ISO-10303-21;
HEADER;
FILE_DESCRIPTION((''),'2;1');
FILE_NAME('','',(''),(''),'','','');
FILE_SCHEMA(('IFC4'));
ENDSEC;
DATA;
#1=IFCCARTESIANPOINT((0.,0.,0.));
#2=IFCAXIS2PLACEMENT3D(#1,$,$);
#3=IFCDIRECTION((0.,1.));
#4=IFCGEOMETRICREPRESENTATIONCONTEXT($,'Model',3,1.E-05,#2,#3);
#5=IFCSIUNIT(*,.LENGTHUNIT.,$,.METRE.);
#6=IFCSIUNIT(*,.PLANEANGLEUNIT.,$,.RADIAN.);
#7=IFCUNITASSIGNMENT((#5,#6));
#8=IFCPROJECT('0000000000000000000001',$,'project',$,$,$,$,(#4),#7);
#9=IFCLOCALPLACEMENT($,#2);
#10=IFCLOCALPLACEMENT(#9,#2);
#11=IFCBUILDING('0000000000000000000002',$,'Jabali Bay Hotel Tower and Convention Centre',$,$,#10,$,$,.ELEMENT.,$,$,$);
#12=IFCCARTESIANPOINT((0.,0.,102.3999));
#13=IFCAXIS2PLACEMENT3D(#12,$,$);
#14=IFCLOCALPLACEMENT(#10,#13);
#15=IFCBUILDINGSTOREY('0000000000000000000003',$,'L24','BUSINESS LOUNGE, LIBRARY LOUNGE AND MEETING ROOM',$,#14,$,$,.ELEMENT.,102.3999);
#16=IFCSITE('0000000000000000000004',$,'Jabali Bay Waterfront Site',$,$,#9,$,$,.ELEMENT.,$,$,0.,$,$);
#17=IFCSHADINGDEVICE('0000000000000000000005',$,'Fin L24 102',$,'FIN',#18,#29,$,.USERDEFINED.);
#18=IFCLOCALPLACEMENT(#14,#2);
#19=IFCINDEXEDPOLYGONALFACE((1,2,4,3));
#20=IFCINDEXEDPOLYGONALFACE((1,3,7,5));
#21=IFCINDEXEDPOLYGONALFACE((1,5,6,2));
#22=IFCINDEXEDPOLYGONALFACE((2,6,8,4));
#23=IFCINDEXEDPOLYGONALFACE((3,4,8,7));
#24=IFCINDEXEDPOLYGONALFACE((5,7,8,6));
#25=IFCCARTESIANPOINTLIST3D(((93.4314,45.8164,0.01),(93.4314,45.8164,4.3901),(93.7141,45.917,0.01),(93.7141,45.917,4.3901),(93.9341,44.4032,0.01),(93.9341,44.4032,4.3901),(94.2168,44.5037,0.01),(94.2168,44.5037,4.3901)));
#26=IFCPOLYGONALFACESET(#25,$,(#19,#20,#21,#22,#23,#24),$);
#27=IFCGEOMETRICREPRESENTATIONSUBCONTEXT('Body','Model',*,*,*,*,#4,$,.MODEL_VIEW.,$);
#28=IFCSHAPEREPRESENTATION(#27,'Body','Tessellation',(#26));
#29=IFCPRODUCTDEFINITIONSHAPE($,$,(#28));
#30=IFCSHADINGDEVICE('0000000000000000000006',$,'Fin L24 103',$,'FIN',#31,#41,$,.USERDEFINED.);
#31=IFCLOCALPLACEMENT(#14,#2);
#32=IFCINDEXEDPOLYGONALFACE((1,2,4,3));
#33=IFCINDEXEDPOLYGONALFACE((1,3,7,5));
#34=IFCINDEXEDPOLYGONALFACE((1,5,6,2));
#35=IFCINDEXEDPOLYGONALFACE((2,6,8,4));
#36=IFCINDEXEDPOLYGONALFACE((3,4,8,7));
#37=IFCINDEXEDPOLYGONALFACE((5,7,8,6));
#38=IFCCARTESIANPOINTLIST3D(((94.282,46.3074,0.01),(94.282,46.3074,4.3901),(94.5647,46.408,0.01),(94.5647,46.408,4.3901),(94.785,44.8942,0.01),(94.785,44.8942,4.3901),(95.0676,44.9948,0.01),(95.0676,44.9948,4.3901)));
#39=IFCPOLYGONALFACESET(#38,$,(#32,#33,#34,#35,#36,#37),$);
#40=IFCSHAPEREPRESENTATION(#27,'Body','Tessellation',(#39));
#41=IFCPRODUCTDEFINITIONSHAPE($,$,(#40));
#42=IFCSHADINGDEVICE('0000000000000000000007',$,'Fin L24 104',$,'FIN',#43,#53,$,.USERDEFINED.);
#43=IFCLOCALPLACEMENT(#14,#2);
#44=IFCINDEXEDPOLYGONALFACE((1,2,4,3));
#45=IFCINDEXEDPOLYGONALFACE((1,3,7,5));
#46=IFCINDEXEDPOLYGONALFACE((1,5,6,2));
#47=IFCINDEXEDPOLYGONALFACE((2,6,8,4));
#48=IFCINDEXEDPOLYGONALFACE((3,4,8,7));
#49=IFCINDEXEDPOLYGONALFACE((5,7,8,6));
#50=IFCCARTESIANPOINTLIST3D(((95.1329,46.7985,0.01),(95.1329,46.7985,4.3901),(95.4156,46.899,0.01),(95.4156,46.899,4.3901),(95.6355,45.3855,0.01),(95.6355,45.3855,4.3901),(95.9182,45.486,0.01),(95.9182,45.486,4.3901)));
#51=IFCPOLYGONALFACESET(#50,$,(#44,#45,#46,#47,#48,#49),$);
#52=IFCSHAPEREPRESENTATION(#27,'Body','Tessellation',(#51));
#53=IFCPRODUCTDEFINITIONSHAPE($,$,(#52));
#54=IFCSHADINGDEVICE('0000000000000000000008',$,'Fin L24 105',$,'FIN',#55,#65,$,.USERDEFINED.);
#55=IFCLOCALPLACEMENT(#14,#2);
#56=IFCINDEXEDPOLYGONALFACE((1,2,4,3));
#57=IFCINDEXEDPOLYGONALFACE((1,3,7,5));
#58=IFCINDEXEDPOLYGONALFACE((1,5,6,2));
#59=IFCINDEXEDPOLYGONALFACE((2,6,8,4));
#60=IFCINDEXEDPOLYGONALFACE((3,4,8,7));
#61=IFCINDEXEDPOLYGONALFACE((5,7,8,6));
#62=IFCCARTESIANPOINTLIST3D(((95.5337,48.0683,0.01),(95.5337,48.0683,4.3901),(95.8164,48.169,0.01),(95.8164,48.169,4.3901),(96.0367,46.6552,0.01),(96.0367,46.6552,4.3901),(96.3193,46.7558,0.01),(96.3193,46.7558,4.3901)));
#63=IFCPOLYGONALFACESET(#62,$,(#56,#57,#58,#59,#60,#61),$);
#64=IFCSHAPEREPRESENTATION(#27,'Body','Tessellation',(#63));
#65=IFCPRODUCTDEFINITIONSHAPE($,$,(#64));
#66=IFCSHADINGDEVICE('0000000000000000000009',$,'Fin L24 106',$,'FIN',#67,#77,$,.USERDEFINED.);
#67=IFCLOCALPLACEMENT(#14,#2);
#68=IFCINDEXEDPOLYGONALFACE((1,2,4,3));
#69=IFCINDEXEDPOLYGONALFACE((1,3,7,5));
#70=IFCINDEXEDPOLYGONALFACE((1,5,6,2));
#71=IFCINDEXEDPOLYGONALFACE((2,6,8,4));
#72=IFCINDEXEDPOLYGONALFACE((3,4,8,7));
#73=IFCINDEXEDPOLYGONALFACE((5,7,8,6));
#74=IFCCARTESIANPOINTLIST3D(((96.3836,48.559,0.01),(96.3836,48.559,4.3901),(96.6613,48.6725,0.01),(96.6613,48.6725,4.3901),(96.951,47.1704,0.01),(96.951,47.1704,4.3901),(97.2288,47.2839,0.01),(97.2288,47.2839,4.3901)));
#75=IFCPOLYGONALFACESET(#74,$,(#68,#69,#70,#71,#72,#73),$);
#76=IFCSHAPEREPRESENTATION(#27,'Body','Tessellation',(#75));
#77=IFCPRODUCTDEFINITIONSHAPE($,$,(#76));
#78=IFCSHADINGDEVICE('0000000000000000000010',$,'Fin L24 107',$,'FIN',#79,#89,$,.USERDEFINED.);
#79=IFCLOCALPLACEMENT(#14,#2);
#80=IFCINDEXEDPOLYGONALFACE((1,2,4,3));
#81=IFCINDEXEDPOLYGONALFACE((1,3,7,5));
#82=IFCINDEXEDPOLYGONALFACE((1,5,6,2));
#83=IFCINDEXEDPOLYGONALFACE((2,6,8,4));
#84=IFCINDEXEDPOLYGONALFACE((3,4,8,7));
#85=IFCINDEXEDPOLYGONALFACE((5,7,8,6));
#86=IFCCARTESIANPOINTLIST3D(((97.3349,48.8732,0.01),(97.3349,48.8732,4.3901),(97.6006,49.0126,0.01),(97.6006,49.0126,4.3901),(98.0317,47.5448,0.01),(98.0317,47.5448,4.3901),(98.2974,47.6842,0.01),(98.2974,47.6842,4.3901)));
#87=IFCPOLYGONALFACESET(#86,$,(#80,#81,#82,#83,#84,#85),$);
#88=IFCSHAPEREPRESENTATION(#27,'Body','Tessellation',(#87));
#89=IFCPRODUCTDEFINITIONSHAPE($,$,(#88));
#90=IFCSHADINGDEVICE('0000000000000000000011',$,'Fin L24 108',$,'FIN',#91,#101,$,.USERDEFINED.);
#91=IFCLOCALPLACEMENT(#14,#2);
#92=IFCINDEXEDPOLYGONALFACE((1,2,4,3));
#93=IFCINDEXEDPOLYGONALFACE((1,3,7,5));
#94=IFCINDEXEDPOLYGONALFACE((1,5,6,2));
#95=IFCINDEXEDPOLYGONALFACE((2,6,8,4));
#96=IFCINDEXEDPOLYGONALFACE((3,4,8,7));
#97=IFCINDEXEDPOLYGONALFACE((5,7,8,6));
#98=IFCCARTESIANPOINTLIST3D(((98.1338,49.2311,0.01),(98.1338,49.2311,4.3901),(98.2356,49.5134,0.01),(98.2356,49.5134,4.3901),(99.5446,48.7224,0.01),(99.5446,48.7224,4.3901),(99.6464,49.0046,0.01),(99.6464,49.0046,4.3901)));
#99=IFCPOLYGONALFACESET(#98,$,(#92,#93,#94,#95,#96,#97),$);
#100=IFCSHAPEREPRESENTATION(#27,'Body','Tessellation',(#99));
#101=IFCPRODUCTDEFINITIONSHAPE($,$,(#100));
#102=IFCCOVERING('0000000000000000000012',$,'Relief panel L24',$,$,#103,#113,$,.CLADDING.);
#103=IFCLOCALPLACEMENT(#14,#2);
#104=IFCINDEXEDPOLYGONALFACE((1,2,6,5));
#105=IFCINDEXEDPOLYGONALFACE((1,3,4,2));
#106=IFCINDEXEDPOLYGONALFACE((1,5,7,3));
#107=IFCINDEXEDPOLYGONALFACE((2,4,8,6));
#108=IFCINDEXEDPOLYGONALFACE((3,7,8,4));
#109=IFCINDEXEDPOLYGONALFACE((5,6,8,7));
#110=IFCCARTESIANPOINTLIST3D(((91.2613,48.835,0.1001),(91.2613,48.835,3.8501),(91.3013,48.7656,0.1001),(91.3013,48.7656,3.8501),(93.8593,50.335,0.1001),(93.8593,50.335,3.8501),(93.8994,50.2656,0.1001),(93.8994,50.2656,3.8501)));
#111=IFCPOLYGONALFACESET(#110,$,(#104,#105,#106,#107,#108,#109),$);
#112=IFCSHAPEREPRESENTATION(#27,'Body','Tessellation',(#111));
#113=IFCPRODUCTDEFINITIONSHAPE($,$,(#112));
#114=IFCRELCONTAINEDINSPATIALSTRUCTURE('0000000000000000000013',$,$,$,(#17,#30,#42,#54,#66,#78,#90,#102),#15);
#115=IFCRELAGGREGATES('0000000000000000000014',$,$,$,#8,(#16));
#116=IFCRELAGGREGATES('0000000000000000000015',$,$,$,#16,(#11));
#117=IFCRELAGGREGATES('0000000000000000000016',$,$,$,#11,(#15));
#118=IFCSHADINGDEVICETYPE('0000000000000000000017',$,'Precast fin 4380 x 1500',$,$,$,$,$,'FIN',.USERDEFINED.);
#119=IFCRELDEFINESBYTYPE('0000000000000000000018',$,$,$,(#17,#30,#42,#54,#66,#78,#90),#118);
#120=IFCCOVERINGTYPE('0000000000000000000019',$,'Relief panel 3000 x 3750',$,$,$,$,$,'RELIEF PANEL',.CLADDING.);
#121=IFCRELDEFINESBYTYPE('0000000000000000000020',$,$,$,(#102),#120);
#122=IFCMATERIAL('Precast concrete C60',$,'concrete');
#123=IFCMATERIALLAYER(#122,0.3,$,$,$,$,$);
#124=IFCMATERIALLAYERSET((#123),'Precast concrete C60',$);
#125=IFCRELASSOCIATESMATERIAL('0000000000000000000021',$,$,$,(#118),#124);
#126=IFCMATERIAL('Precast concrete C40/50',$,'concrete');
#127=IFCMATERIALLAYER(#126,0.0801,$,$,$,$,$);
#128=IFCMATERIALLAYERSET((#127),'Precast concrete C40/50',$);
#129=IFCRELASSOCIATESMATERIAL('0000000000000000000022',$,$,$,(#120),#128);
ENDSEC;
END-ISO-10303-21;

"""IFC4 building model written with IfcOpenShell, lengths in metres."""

from ifc_helpers import new_model, si_unit, direction, frame, frame_2d, origin, origin_2d, place, context, subcontext, project, spatial, rectangle, extrude, material, layer, layer_set, type_object, element, save


model = new_model("IFC4")

# Units and contexts
model_context = context("Model", 3, precision=1e-05, world=origin(), true_north=direction((0.0, 1.0)))
body_context = subcontext(model_context, "Body", "Model", "MODEL_VIEW")
ifc_project = project(units=[si_unit("LENGTHUNIT", "METRE"), si_unit("PLANEANGLEUNIT", "RADIAN")], contexts=[model_context])

# Site, building, storey
site_placement = place(None, origin())
site = spatial("IfcSite", under=ifc_project, at=site_placement, Name="Jabali Bay Waterfront Site", CompositionType="ELEMENT", RefElevation=0.0)
building_placement = place(site_placement, origin())
building = spatial("IfcBuilding", under=site, at=building_placement, Name="Jabali Bay Hotel Tower and Convention Centre", CompositionType="ELEMENT")
storey_placement = place(building_placement, frame((0.0, 0.0, 102.3999)))
storey = spatial("IfcBuildingStorey", under=building, at=storey_placement, Name="L24", Description="BUSINESS LOUNGE, LIBRARY LOUNGE AND MEETING ROOM", CompositionType="ELEMENT", Elevation=102.3999)

# Shading devices
ifc_material_1 = material(Name="Precast concrete C60", Category="concrete")
ifc_layer_1 = layer(ifc_material_1, 0.3)
ifc_layer_set_1 = layer_set([ifc_layer_1], Name="Precast concrete C60")
shading_device_type_1 = type_object("IfcShadingDeviceType", Name="Precast fin 4380 x 1500", ElementType="FIN", PredefinedType="USERDEFINED", material=ifc_layer_set_1)
for number, where, z_axis, x_axis, name in (
    (1, (93.5728, 45.8667, 0.01), (0.0, 0.0, 1.0), (0.335109, -0.942179, 0.0), "Fin L24 102"),
    (2, (94.4233, 46.3577, 0.01), (0.0, 0.0, 1.0), (0.335305, -0.94211, 0.0), "Fin L24 103"),
):
    element("IfcShadingDevice", number, at=place(storey_placement, frame(where, z_axis=z_axis, x_axis=x_axis)), inside=storey, type_object=shading_device_type_1, Name=name, ObjectType="FIN", PredefinedType="USERDEFINED", context=body_context, shape_type="SweptSolid", body=[
        extrude(rectangle(XDim=1.5, YDim=0.3, at=frame_2d((0.75, 0.0))), origin(), (0.0, 0.0, 1.0), 4.3801),
    ])
shading_device_1_placement = place(storey_placement, frame((95.2742, 46.8489, 0.01), z_axis=(0.0, 0.0, 1.0), x_axis=(0.335161, -0.942161, 0.0)))
element("IfcShadingDevice", 3, at=shading_device_1_placement, inside=storey, type_object=shading_device_type_1, Name="Fin L24 104", ObjectType="FIN", PredefinedType="USERDEFINED", context=body_context, shape_type="SweptSolid", body=[
    extrude(rectangle(XDim=1.4998, YDim=0.3, at=frame_2d((0.75, 0.0))), origin(), (0.0, 0.0, 1.0), 4.3801),
])
for number, where, z_axis, x_axis, name in (
    (4, (95.675, 48.1187, 0.01), (0.0, 0.0, 1.0), (0.335305, -0.94211, 0.0), "Fin L24 105"),
    (5, (96.5225, 48.6157, 0.01), (0.0, 0.0, 1.0), (0.378284, -0.925689, 0.0), "Fin L24 106"),
    (6, (97.4678, 48.9429, 0.01), (0.0, 0.0, 1.0), (0.464512, -0.885567, 0.0), "Fin L24 107"),
):
    element("IfcShadingDevice", number, at=place(storey_placement, frame(where, z_axis=z_axis, x_axis=x_axis)), inside=storey, type_object=shading_device_type_1, Name=name, ObjectType="FIN", PredefinedType="USERDEFINED", context=body_context, shape_type="SweptSolid", body=[
        extrude(rectangle(XDim=1.5, YDim=0.3, at=frame_2d((0.75, 0.0))), origin(), (0.0, 0.0, 1.0), 4.3801),
    ])
shading_device_2_placement = place(storey_placement, frame((98.1846, 49.3723, 0.01), z_axis=(0.0, 0.0, 1.0), x_axis=(0.940703, -0.339232, 0.0)))
element("IfcShadingDevice", 7, at=shading_device_2_placement, inside=storey, type_object=shading_device_type_1, Name="Fin L24 108", ObjectType="FIN", PredefinedType="USERDEFINED", context=body_context, shape_type="SweptSolid", body=[
    extrude(rectangle(XDim=1.4998, YDim=0.3, at=frame_2d((0.75, 0.0))), origin(), (0.0, 0.0, 1.0), 4.3801),
])

# Covering
ifc_material_2 = material(Name="Precast concrete C40/50", Category="concrete")
ifc_layer_2 = layer(ifc_material_2, 0.0801)
ifc_layer_set_2 = layer_set([ifc_layer_2], Name="Precast concrete C40/50")
covering_type = type_object("IfcCoveringType", Name="Relief panel 3000 x 3750", ElementType="RELIEF PANEL", PredefinedType="CLADDING", material=ifc_layer_set_2)
covering_placement = place(storey_placement, frame((92.5803, 49.5503, 0.1001), z_axis=(0.0, 0.0, 1.0), x_axis=(-0.866025, -0.5, 0.0)))
element("IfcCovering", 8, at=covering_placement, inside=storey, type_object=covering_type, Name="Relief panel L24", PredefinedType="CLADDING", context=body_context, shape_type="SweptSolid", body=[
    extrude(rectangle(XDim=3.0, YDim=0.0801, at=origin_2d()), origin(), (0.0, 0.0, 1.0), 3.75),
])

save(model, "model.ifc")
